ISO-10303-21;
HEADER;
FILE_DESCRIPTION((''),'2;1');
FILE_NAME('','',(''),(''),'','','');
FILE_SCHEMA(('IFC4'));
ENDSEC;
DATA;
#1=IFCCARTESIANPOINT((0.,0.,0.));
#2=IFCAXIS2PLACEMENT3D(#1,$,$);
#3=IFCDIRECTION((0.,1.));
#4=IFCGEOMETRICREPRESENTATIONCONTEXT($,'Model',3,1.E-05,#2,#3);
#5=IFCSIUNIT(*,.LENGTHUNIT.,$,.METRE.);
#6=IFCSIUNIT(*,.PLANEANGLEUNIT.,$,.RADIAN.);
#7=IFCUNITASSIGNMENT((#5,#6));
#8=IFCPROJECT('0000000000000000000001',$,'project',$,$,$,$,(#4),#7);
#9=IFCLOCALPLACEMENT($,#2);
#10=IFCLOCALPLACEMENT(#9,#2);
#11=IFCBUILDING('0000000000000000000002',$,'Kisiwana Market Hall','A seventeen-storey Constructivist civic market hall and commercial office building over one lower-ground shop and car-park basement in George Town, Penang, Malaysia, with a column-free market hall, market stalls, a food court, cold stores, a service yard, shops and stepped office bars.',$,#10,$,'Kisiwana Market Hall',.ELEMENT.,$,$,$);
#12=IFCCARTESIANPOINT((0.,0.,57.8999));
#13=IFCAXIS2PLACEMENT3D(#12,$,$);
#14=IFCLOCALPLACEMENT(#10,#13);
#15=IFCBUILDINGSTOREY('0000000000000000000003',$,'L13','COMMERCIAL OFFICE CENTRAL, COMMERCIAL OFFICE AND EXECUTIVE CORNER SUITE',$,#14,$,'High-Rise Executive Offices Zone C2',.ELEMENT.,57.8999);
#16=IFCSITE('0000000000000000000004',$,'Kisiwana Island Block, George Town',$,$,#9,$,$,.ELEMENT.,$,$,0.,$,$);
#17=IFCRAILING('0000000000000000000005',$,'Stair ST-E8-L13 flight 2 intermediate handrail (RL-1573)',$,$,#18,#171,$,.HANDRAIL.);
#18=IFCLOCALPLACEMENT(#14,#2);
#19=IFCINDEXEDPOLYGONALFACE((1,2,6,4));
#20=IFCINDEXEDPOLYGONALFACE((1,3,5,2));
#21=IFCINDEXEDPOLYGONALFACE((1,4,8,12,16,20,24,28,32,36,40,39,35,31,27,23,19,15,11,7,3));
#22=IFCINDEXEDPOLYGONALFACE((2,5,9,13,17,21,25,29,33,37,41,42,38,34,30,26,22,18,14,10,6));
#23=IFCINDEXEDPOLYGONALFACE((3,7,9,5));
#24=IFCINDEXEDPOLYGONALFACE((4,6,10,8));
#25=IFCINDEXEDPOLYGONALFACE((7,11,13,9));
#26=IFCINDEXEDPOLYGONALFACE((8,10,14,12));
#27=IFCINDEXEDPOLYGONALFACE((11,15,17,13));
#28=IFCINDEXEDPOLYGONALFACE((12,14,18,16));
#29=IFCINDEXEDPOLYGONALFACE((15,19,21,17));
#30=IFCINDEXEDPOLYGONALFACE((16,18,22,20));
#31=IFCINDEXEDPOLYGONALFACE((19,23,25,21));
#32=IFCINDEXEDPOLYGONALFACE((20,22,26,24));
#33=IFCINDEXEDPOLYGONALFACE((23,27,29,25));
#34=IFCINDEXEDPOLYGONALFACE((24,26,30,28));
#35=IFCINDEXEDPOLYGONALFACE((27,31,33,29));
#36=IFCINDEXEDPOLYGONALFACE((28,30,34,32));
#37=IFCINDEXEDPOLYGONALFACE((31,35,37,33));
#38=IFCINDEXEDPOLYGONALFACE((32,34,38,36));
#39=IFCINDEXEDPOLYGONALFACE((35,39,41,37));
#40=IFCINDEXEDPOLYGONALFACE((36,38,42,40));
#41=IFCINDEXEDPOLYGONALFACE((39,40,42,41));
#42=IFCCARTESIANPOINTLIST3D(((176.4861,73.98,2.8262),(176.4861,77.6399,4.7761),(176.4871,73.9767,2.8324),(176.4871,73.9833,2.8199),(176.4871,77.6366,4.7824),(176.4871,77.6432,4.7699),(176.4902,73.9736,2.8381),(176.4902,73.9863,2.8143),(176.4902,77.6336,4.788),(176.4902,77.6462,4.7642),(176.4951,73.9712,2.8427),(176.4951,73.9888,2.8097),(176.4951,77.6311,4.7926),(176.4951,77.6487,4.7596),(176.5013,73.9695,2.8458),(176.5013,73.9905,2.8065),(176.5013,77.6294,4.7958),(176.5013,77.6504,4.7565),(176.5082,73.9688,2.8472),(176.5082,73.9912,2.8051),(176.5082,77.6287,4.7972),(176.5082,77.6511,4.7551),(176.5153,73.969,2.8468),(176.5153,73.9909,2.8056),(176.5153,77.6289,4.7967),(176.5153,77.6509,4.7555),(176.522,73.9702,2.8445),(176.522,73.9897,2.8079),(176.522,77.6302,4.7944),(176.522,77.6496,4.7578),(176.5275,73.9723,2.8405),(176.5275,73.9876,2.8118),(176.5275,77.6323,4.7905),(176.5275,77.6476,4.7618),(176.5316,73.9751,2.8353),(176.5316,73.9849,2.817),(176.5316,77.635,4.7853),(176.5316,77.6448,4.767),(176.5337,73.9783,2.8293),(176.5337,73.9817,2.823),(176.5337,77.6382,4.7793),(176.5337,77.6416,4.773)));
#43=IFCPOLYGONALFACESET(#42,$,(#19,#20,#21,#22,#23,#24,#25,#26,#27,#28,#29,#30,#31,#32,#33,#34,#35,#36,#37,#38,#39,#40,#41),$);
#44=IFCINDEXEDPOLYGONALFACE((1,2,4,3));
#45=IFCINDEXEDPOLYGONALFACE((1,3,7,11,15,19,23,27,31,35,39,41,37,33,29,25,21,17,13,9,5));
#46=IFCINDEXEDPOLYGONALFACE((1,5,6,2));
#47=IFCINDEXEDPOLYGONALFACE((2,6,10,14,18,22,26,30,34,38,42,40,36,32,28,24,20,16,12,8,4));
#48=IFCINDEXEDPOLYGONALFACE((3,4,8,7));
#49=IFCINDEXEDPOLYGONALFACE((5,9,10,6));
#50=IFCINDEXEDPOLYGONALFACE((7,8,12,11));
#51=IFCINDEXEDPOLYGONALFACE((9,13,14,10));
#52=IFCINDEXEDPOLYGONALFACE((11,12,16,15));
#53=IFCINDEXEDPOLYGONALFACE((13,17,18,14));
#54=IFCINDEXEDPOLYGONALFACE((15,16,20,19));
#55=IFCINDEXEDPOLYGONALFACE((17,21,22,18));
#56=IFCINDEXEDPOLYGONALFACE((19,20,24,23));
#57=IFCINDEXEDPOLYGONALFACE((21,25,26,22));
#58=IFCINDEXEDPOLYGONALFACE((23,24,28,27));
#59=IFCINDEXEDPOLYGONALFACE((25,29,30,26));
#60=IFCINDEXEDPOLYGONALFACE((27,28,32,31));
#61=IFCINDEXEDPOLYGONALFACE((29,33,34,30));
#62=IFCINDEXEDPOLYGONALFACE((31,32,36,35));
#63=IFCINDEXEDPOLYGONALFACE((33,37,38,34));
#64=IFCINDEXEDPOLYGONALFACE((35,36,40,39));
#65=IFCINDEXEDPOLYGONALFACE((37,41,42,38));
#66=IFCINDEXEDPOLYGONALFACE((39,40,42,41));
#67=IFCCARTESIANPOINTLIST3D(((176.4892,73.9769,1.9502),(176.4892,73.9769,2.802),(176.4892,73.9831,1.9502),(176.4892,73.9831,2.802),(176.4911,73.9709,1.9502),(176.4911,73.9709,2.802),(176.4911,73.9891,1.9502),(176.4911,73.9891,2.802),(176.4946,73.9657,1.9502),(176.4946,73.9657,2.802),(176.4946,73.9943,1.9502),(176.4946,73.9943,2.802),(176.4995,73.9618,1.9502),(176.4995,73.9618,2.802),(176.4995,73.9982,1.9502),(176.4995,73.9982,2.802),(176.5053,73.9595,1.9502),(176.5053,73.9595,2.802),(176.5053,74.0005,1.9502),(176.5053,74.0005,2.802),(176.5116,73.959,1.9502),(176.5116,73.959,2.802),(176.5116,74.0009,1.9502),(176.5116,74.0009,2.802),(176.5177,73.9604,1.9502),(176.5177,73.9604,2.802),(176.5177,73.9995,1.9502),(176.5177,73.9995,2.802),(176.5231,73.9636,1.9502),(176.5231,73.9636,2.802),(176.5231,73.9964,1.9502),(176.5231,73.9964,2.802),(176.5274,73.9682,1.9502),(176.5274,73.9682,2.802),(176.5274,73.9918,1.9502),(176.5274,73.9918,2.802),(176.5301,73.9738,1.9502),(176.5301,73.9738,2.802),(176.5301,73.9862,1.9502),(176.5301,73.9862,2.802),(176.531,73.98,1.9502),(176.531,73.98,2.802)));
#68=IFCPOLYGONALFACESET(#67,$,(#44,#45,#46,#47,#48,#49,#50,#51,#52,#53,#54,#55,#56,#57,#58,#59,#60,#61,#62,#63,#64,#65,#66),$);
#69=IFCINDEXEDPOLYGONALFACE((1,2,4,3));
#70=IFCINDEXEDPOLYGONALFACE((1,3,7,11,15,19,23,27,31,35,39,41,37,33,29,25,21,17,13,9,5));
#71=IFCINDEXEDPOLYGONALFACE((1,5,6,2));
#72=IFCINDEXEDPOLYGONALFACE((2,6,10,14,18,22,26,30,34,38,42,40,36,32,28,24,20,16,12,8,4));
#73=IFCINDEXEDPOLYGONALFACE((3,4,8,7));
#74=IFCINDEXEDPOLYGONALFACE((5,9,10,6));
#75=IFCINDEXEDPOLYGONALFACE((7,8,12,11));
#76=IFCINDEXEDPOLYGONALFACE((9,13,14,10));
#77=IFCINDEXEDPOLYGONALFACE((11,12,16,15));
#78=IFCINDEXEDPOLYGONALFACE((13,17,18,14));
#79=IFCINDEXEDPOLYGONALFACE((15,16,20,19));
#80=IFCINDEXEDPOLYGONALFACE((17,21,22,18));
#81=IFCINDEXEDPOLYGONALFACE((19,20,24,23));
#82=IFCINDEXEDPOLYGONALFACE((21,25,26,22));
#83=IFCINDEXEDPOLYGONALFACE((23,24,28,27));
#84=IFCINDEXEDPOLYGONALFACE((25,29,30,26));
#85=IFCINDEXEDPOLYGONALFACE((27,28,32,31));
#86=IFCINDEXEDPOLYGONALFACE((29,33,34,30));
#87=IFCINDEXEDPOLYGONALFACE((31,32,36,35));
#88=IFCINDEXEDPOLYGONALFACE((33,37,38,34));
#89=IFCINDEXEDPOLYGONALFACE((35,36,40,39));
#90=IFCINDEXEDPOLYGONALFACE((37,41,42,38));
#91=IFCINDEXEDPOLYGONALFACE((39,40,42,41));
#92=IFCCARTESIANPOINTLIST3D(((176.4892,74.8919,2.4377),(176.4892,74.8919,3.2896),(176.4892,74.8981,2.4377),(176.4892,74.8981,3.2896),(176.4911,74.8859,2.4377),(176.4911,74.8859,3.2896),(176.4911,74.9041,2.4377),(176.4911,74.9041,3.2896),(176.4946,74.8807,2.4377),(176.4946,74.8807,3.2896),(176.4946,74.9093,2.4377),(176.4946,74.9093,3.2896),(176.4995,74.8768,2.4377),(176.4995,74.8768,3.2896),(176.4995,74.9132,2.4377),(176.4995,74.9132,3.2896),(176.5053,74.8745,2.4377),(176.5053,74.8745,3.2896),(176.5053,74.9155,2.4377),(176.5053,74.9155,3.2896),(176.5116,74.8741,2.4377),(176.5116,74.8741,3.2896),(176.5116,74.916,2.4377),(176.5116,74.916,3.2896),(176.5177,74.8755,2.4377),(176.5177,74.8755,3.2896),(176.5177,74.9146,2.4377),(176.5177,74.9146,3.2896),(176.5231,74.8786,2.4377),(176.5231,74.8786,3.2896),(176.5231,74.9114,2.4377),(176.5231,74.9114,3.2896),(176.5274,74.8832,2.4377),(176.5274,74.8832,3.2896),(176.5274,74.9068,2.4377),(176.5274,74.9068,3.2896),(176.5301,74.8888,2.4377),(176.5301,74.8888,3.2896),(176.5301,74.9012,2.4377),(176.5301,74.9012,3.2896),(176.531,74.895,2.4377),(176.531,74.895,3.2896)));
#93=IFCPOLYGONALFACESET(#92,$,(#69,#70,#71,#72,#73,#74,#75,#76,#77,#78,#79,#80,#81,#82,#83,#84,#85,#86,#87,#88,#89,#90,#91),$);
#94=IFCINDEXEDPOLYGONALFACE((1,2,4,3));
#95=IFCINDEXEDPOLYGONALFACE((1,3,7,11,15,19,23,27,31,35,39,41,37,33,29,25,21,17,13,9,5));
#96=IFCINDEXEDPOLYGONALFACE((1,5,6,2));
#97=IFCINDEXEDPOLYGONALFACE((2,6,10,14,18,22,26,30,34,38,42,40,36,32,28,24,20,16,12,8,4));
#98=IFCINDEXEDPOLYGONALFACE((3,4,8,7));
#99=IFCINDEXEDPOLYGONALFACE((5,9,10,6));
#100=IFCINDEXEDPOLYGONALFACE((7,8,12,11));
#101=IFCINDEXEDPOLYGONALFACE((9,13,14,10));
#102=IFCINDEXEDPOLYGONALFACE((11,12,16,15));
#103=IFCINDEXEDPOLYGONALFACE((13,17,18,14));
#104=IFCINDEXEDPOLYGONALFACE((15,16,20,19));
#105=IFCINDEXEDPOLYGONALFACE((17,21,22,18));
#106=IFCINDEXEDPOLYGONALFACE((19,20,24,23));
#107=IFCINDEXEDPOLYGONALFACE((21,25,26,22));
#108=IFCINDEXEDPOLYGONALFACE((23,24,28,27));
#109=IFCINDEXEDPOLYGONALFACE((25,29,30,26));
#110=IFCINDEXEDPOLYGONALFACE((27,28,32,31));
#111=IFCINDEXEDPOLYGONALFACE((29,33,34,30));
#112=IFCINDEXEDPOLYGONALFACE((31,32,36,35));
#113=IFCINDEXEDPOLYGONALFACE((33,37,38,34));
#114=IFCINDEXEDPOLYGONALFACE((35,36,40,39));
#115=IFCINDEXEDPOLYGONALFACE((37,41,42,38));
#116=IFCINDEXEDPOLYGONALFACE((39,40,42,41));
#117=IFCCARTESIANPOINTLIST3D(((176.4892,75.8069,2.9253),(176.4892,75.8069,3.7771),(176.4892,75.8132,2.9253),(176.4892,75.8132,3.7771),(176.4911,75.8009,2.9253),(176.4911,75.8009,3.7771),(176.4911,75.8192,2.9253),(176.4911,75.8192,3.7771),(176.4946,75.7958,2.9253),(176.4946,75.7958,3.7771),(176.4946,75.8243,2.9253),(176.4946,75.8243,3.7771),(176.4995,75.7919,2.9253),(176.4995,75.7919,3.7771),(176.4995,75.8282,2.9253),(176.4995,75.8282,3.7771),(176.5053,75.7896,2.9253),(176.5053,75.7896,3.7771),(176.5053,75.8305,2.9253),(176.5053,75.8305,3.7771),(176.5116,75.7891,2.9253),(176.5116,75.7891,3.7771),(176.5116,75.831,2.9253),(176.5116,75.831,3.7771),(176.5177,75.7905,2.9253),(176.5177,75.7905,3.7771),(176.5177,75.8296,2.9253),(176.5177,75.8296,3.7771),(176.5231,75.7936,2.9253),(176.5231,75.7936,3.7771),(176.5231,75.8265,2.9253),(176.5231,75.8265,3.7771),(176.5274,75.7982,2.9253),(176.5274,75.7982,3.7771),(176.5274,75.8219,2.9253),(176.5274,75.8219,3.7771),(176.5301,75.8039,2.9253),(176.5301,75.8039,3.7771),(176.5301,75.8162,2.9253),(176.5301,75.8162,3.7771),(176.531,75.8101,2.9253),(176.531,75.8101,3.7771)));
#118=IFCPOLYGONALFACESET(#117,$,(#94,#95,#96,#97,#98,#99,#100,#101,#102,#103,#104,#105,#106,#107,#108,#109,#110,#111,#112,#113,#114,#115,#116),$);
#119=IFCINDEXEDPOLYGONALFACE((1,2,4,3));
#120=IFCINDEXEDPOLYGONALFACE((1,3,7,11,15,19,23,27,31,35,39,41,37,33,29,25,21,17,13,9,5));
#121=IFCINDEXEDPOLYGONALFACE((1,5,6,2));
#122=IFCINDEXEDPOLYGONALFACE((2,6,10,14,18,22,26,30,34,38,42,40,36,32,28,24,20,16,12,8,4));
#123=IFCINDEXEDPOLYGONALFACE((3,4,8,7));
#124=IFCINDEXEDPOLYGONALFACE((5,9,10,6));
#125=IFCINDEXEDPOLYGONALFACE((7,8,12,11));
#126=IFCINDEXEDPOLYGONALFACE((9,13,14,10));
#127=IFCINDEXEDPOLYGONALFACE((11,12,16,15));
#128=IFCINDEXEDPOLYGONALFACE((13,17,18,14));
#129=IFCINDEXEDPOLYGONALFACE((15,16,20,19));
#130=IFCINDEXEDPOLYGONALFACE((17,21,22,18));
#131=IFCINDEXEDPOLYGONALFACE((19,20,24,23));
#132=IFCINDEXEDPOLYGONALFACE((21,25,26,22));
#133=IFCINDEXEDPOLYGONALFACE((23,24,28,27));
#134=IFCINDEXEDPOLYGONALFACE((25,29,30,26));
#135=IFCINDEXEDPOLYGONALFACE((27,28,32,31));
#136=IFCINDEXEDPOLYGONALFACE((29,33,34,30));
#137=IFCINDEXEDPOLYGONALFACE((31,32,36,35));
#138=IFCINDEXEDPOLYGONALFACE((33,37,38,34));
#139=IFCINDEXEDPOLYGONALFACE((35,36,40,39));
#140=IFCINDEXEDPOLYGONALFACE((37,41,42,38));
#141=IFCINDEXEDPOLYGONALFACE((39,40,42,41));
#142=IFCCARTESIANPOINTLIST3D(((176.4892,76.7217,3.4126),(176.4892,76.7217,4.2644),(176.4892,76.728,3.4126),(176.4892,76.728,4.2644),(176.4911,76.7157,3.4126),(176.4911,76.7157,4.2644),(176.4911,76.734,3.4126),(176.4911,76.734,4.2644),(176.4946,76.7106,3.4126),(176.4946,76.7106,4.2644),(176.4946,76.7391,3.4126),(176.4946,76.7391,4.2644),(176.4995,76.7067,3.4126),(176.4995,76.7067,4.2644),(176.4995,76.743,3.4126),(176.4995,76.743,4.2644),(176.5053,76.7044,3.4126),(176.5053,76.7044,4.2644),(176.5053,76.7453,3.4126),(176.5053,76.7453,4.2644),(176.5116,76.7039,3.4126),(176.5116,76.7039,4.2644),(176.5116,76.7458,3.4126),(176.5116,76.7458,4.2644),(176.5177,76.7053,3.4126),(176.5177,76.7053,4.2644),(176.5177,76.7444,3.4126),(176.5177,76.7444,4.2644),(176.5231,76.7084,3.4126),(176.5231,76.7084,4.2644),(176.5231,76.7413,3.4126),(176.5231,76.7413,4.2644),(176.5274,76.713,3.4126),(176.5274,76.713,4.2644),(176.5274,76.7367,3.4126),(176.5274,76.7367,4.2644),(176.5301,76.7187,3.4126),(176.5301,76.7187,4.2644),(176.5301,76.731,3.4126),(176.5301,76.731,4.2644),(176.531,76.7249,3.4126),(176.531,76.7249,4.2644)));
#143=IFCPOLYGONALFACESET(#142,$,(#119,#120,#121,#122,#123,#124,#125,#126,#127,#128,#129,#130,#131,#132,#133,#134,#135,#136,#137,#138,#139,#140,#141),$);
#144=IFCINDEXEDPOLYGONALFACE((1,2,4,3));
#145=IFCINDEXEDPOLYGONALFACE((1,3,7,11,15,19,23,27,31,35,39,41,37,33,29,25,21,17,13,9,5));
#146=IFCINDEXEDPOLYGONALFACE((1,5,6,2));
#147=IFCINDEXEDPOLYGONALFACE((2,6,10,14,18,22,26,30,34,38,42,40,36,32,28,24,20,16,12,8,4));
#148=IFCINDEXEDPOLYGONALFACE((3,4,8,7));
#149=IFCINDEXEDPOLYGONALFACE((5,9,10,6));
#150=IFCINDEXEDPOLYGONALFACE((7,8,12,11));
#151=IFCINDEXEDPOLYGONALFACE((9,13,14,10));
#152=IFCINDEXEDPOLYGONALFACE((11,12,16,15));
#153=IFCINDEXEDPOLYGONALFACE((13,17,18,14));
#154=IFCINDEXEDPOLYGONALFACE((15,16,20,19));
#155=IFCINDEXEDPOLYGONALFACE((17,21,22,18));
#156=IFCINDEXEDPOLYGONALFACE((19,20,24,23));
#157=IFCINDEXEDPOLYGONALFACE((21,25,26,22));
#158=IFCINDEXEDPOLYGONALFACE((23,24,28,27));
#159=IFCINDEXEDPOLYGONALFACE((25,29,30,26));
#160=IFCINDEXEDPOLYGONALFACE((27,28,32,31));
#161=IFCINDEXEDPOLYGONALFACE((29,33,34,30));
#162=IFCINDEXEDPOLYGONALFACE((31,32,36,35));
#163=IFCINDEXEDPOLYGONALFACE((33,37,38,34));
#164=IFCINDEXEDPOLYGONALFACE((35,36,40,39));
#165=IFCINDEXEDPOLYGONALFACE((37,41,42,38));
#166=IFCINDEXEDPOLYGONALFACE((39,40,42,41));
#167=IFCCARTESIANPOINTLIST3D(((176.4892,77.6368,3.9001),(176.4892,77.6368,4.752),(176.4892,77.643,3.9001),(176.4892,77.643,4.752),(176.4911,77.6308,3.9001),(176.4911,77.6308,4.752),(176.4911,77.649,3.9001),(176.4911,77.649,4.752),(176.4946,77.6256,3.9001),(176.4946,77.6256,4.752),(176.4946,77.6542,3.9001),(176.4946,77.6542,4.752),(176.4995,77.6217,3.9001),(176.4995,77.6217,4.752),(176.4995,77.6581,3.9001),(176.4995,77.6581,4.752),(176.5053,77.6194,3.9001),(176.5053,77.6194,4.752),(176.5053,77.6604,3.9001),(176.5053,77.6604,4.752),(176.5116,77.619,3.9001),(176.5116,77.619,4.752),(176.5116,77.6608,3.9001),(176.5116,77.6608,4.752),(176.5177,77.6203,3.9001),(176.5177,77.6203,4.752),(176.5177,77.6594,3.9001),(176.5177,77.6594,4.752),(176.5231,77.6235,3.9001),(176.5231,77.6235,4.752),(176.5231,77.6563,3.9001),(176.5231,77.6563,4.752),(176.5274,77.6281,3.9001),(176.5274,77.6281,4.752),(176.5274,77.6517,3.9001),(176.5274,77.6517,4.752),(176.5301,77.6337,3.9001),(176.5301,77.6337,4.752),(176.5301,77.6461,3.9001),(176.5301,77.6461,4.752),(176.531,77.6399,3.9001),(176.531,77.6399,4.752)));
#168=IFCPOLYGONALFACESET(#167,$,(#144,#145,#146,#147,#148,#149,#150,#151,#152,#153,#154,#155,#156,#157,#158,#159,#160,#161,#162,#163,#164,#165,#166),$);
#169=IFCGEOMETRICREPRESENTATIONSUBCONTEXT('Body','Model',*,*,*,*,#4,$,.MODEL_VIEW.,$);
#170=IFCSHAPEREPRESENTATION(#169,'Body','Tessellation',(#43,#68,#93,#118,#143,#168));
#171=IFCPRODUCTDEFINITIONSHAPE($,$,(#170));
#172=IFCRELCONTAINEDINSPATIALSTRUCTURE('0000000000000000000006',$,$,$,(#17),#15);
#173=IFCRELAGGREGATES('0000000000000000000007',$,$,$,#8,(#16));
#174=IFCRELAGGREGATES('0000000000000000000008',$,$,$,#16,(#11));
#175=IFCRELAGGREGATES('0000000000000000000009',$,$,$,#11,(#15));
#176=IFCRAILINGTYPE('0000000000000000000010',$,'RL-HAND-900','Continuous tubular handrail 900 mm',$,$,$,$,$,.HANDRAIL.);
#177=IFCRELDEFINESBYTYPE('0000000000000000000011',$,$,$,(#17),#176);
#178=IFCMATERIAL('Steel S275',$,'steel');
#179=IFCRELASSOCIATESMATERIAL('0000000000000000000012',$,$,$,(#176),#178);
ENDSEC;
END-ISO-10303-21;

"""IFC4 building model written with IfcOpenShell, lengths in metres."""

from ifc_helpers import new_model, si_unit, direction, frame, origin, origin_2d, place, context, subcontext, project, spatial, circle, extrude, material, type_object, element, save


model = new_model("IFC4")

# Units and contexts
model_context = context("Model", 3, precision=1e-05, world=origin(), true_north=direction((0.0, 1.0)))
body_context = subcontext(model_context, "Body", "Model", "MODEL_VIEW")
ifc_project = project(units=[si_unit("LENGTHUNIT", "METRE"), si_unit("PLANEANGLEUNIT", "RADIAN")], contexts=[model_context])

# Site, building, storey
site_placement = place(None, origin())
site = spatial("IfcSite", under=ifc_project, at=site_placement, Name="Kisiwana Island Block, George Town", CompositionType="ELEMENT", RefElevation=0.0)
building_placement = place(site_placement, origin())
building = spatial("IfcBuilding", under=site, at=building_placement, Name="Kisiwana Market Hall", Description="A seventeen-storey Constructivist civic market hall and commercial office building over one lower-ground shop and car-park basement in George Town, Penang, Malaysia, with a column-free market hall, market stalls, a food court, cold stores, a service yard, shops and stepped office bars.", LongName="Kisiwana Market Hall", CompositionType="ELEMENT")
storey_placement = place(building_placement, frame((0.0, 0.0, 57.8999)))
storey = spatial("IfcBuildingStorey", under=building, at=storey_placement, Name="L13", Description="COMMERCIAL OFFICE CENTRAL, COMMERCIAL OFFICE AND EXECUTIVE CORNER SUITE", LongName="High-Rise Executive Offices Zone C2", CompositionType="ELEMENT", Elevation=57.8999)

# Railing
ifc_material_1 = material(Name="Steel S275", Category="steel")
railing_type_1 = type_object("IfcRailingType", Name="RL-HAND-900", Description="Continuous tubular handrail 900 mm", PredefinedType="HANDRAIL", material=ifc_material_1)
railing_1_placement = place(storey_placement, frame((176.51, 73.98, 1.9502)))
element("IfcRailing", 1, at=railing_1_placement, inside=storey, type_object=railing_type_1, Name="Stair ST-E8-L13 flight 2 intermediate handrail (RL-1573)", PredefinedType="HANDRAIL", context=body_context, shape_type="SweptSolid", body=[
    extrude(circle(Radius=0.0239, at=origin_2d()), frame((0.0, 0.0, 0.876), z_axis=(0.0, 0.882553, 0.470212), x_axis=(-1.0, 0.0, 0.0)), (0.0, 0.0, 1.0), 4.147),
    extrude(circle(Radius=0.021, at=origin_2d()), origin(), (0.0, 0.0, 1.0), 0.8518),
    extrude(circle(Radius=0.021, at=origin_2d()), frame((0.0, 0.915, 0.4875)), (0.0, 0.0, 1.0), 0.8518),
    extrude(circle(Radius=0.021, at=origin_2d()), frame((0.0, 1.8301, 0.9751)), (0.0, 0.0, 1.0), 0.8518),
    extrude(circle(Radius=0.021, at=origin_2d()), frame((0.0, 2.7449, 1.4624)), (0.0, 0.0, 1.0), 0.8518),
    extrude(circle(Radius=0.021, at=origin_2d()), frame((0.0, 3.6599, 1.95)), (0.0, 0.0, 1.0), 0.8518),
])

save(model, "model.ifc")
